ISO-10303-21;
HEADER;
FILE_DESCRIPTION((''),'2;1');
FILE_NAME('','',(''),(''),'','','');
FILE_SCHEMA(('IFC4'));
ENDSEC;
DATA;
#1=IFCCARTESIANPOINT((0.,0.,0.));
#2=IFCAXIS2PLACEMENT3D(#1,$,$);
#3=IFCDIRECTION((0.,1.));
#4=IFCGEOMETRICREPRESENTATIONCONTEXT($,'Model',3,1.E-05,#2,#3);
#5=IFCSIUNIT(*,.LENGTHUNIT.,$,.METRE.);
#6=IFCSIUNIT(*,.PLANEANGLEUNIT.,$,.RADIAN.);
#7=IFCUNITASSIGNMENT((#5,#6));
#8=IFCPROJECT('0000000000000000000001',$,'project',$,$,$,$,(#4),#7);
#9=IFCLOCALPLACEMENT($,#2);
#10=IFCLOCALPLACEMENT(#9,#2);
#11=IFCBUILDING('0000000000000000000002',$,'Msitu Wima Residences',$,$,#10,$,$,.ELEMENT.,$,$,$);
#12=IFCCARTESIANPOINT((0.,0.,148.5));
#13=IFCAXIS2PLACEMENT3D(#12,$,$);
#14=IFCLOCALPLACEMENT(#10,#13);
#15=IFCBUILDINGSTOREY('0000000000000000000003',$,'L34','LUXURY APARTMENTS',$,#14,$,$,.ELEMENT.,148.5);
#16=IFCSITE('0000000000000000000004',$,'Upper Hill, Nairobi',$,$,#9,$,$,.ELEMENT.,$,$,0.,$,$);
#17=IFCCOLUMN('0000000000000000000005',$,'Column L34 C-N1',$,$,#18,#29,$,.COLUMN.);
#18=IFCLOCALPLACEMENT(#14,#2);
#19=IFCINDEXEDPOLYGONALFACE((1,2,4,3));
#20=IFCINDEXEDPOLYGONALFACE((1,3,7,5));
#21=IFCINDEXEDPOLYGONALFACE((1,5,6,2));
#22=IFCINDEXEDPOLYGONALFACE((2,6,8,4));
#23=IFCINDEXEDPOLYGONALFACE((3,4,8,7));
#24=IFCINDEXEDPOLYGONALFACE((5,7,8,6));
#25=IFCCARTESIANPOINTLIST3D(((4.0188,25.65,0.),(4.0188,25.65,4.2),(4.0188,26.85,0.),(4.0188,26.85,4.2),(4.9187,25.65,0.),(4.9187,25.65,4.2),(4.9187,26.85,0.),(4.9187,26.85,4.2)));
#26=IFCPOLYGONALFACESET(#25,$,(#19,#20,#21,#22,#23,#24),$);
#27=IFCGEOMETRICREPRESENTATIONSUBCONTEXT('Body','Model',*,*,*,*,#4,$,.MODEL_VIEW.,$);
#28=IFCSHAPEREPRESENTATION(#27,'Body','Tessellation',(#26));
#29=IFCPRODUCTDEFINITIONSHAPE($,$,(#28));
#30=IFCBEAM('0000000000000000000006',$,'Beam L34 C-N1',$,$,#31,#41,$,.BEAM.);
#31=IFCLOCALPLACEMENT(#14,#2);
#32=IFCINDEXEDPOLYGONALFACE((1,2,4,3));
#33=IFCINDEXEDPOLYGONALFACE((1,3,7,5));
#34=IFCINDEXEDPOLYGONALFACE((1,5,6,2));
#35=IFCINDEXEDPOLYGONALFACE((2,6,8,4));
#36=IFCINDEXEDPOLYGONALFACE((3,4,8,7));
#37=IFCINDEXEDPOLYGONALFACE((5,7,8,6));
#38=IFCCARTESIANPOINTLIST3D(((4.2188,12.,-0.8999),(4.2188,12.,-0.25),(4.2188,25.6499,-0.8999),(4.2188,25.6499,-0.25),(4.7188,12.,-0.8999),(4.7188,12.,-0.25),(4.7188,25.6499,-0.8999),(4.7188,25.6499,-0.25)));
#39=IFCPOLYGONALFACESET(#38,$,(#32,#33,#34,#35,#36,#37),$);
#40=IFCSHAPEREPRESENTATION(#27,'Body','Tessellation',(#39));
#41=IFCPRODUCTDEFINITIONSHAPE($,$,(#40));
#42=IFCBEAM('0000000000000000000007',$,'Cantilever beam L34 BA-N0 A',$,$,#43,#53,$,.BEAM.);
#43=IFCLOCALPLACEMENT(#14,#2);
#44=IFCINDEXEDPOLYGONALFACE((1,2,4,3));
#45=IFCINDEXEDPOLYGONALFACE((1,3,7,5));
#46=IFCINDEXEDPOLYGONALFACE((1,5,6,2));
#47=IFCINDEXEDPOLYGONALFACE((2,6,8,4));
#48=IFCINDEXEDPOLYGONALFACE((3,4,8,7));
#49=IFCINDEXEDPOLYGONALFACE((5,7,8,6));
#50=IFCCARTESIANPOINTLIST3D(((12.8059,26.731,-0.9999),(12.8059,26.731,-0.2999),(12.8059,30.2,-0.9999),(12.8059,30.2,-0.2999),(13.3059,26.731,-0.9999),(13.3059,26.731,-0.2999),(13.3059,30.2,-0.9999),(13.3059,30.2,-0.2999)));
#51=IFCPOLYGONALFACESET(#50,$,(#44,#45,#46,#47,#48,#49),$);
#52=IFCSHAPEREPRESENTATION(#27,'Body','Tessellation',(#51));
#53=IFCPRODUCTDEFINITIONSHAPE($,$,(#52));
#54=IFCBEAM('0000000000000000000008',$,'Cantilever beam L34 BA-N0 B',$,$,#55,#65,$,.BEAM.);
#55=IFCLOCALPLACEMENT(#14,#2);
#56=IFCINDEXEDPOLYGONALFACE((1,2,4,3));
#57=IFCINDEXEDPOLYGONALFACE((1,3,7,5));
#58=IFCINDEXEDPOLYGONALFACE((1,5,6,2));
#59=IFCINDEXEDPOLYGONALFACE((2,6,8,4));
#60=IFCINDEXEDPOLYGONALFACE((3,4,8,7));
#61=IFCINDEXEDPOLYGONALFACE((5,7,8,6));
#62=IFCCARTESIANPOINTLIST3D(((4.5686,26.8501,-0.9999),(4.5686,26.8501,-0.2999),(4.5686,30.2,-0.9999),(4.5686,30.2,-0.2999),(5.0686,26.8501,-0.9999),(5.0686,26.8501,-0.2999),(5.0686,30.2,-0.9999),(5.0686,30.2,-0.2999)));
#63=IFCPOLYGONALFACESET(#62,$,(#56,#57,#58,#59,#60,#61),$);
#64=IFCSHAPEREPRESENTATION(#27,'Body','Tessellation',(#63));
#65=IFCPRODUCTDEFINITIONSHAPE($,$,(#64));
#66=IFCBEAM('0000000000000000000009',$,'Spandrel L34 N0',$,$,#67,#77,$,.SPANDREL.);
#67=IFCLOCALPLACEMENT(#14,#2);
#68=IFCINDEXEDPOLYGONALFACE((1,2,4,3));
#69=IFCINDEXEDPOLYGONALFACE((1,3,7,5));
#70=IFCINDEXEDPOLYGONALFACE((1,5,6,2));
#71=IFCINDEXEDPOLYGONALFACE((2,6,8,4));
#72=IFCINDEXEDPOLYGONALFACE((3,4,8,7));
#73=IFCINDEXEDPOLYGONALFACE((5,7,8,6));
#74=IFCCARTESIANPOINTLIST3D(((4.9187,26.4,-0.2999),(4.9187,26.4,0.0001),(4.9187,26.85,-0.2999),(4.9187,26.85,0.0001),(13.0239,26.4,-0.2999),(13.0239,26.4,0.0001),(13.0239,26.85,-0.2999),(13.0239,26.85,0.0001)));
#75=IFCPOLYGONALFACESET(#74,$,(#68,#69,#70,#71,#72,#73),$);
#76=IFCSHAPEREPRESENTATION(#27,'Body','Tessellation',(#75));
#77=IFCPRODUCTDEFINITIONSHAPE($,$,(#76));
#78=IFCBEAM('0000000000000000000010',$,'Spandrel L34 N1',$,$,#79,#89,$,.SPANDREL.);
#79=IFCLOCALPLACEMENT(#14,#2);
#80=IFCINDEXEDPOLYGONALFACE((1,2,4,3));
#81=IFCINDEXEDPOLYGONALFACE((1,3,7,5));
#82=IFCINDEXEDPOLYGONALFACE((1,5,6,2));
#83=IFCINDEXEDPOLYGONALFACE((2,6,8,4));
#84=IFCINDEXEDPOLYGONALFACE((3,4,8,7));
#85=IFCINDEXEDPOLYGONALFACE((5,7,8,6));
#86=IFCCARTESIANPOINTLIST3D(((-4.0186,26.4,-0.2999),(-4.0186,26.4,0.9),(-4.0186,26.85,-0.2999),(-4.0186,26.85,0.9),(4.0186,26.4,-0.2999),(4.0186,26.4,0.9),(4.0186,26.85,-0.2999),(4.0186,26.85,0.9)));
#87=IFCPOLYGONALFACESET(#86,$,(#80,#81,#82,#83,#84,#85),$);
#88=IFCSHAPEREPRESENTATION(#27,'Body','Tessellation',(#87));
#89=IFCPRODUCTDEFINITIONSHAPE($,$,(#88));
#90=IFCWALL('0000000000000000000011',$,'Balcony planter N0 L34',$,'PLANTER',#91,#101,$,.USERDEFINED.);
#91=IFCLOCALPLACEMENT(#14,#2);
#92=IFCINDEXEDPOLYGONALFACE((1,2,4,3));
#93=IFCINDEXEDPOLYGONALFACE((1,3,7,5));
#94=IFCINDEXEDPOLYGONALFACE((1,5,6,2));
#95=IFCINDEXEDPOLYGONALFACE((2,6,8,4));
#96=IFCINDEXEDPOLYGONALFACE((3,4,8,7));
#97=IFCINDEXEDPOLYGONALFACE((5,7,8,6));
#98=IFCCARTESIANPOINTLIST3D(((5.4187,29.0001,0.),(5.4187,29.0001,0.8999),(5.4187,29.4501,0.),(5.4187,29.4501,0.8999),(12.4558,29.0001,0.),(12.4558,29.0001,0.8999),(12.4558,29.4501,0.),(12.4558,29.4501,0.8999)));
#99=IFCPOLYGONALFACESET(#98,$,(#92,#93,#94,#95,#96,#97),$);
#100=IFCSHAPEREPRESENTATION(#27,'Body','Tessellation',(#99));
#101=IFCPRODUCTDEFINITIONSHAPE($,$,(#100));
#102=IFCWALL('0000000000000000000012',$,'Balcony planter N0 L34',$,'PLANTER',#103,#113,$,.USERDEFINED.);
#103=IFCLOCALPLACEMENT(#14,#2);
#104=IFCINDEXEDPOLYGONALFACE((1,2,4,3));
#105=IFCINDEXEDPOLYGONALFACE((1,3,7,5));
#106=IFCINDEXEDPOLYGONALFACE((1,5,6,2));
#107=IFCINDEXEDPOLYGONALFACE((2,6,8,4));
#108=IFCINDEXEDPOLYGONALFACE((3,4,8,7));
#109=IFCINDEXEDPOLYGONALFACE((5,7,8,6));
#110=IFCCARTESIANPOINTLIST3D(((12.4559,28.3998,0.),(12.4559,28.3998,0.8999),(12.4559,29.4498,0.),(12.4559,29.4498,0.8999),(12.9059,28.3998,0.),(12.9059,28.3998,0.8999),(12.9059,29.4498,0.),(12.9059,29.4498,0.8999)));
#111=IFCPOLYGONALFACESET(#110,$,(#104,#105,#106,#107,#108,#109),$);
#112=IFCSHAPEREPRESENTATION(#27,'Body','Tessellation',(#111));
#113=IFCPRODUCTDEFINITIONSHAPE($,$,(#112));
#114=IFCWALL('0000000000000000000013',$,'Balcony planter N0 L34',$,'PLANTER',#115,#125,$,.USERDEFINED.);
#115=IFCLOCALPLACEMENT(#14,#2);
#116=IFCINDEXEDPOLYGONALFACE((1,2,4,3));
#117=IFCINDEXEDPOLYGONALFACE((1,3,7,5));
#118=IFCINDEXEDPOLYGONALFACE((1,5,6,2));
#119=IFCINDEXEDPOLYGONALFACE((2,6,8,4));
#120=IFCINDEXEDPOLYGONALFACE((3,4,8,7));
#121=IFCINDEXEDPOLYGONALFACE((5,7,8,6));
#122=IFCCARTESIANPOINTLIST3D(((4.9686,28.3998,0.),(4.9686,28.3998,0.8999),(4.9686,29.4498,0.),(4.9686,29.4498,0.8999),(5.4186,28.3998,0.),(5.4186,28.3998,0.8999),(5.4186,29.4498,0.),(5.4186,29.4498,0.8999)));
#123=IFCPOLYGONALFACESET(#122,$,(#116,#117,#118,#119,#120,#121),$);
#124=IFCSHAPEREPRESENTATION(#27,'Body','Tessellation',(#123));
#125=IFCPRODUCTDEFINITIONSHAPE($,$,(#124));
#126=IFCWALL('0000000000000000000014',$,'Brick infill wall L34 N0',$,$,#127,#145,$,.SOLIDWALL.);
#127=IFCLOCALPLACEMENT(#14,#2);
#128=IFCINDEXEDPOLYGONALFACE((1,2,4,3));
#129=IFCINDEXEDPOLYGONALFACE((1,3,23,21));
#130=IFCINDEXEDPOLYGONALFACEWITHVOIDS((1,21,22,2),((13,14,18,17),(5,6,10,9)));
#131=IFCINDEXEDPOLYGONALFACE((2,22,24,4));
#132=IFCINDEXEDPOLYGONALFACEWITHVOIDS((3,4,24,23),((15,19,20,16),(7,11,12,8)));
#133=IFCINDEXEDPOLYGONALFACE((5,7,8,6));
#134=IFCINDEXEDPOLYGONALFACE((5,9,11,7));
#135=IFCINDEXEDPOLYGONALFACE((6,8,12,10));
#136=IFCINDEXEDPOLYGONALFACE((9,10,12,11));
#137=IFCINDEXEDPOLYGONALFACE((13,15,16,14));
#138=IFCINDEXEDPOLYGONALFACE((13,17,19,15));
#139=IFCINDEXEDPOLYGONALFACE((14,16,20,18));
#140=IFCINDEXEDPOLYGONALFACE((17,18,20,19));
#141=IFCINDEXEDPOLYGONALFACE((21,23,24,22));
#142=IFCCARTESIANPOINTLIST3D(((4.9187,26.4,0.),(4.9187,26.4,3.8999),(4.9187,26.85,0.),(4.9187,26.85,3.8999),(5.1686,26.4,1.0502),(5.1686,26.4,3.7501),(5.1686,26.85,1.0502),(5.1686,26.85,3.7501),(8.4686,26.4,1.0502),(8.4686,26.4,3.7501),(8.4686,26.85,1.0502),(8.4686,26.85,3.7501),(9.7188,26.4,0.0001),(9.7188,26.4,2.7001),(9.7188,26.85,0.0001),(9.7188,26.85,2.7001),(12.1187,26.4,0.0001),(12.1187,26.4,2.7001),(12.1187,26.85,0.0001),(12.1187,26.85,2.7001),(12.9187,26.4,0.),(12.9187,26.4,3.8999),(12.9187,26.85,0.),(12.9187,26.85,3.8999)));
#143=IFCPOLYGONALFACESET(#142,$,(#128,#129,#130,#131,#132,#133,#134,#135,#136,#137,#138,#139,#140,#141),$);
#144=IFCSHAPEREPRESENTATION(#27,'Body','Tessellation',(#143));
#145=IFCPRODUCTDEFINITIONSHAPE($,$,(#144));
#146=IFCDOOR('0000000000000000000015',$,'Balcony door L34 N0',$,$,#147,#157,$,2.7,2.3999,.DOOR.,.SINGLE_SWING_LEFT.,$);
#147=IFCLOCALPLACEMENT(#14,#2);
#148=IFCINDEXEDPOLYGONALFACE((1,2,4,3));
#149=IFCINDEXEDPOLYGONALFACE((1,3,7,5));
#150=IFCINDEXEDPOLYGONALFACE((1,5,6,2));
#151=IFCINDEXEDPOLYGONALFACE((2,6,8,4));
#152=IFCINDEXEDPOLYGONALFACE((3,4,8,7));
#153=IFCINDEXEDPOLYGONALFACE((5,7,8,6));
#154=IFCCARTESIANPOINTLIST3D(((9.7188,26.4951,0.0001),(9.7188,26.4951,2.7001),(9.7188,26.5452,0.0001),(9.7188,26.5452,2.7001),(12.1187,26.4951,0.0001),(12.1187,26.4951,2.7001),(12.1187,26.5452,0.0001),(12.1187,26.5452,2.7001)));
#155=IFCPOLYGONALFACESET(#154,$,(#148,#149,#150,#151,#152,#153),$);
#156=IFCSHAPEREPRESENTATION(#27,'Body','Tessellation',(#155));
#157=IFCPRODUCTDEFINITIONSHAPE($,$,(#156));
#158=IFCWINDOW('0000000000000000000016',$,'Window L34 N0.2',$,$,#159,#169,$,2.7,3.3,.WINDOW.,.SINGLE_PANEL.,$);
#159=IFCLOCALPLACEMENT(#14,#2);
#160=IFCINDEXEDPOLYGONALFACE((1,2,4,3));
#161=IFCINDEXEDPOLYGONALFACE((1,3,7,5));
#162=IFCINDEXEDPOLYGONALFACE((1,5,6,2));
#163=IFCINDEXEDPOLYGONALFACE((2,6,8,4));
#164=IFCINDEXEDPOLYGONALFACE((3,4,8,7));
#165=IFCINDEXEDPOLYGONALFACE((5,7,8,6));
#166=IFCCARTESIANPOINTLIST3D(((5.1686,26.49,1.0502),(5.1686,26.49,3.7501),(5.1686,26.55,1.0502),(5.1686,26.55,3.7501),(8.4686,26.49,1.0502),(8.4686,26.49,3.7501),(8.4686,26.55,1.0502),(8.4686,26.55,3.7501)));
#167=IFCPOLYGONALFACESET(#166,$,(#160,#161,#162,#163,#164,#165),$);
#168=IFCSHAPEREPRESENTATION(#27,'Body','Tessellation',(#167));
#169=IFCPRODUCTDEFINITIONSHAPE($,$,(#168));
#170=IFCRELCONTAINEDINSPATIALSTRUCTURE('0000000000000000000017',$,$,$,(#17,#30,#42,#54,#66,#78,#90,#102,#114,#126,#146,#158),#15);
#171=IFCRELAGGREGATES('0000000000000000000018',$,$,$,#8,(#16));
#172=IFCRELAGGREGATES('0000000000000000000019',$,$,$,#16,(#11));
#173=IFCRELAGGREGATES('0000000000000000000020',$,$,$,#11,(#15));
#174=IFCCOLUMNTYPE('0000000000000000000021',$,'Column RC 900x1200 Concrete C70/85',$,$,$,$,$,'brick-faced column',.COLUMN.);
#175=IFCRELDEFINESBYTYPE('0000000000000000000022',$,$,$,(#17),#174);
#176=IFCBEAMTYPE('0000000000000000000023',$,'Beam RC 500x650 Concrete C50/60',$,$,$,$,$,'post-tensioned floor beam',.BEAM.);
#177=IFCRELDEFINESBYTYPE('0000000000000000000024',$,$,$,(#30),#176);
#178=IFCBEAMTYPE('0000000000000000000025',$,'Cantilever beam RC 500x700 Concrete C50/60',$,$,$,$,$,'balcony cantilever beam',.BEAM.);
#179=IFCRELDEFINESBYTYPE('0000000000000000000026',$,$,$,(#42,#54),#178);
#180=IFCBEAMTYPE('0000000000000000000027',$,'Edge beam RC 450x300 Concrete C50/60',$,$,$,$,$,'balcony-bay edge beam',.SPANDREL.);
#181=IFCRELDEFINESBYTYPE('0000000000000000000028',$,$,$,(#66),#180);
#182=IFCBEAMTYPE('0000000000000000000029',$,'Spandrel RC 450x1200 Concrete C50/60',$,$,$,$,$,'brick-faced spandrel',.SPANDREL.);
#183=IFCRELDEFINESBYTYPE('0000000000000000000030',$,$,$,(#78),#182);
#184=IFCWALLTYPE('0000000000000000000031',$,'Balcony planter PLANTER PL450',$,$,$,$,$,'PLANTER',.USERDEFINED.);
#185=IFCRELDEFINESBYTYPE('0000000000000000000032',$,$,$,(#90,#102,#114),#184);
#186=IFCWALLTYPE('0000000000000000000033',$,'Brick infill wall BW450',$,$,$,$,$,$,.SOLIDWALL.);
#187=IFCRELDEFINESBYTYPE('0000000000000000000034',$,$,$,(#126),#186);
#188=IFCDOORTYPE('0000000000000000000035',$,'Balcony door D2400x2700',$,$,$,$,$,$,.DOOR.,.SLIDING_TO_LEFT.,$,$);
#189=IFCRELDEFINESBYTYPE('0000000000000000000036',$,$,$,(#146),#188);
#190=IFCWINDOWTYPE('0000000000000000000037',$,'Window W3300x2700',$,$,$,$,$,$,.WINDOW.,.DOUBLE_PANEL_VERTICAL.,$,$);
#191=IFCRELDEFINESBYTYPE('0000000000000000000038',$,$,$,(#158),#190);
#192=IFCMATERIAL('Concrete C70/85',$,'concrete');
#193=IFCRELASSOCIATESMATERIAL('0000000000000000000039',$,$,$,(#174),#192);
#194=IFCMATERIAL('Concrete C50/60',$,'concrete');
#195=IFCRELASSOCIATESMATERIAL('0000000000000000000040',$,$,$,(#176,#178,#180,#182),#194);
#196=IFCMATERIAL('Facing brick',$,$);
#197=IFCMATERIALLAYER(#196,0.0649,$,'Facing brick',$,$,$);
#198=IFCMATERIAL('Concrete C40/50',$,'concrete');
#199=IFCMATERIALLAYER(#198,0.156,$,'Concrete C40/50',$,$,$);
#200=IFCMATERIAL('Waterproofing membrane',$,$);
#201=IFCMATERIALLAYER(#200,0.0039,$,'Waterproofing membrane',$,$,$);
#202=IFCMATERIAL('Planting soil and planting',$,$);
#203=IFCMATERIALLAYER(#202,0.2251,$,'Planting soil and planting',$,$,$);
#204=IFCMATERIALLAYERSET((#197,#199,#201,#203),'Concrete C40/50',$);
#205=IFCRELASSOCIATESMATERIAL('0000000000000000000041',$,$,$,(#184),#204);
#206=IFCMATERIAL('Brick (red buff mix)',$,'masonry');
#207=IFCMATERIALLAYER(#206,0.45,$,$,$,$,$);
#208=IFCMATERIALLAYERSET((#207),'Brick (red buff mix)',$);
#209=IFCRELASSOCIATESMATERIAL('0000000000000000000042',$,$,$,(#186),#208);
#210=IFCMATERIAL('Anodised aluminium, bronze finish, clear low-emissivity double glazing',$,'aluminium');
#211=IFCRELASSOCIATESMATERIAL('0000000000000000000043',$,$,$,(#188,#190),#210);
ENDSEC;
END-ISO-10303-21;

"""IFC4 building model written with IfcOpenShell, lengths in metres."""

from ifc_helpers import new_model, si_unit, direction, frame, frame_2d, origin, origin_2d, place, context, subcontext, project, spatial, rectangle, extrude, material, layer, layer_set, material_profile, profile_set, type_object, element, fill, save


model = new_model("IFC4")

# Units and contexts
model_context = context("Model", 3, precision=1e-05, world=origin(), true_north=direction((0.0, 1.0)))
body_context = subcontext(model_context, "Body", "Model", "MODEL_VIEW")
ifc_project = project(units=[si_unit("LENGTHUNIT", "METRE"), si_unit("PLANEANGLEUNIT", "RADIAN")], contexts=[model_context])

# Site, building, storey
site_placement = place(None, origin())
site = spatial("IfcSite", under=ifc_project, at=site_placement, Name="Upper Hill, Nairobi", CompositionType="ELEMENT", RefElevation=0.0)
building_placement = place(site_placement, origin())
building = spatial("IfcBuilding", under=site, at=building_placement, Name="Msitu Wima Residences", CompositionType="ELEMENT")
storey_placement = place(building_placement, frame((0.0, 0.0, 148.5)))
storey = spatial("IfcBuildingStorey", under=building, at=storey_placement, Name="L34", Description="LUXURY APARTMENTS", CompositionType="ELEMENT", Elevation=148.5)

# Column
ifc_material_1 = material(Name="Concrete C70/85", Category="concrete")
ifc_material_profile_1 = material_profile(ifc_material_1, rectangle(XDim=0.8999, YDim=1.2, at=origin_2d()), Name="RC 900x1200")
ifc_profile_set_1 = profile_set([ifc_material_profile_1], Name="Concrete C70/85")
column_type = type_object("IfcColumnType", Name="Column RC 900x1200 Concrete C70/85", ElementType="brick-faced column", PredefinedType="COLUMN", material=ifc_profile_set_1)
column_placement = place(storey_placement, frame((4.4688, 26.25, 0.0), z_axis=(0.0, 0.0, 1.0), x_axis=(-1.0, 0.0, 0.0)))
element("IfcColumn", 1, at=column_placement, inside=storey, type_object=column_type, Name="Column L34 C-N1", PredefinedType="COLUMN", context=body_context, shape_type="SweptSolid", body=[
    extrude(rectangle(XDim=0.8999, YDim=1.2, at=origin_2d()), origin(), (0.0, 0.0, 1.0), 4.2),
])

# Beams
ifc_material_2 = material(Name="Concrete C50/60", Category="concrete")
ifc_material_profile_2 = material_profile(ifc_material_2, rectangle(XDim=0.5, YDim=0.6499, at=origin_2d()), Name="RC 500x650")
ifc_profile_set_2 = profile_set([ifc_material_profile_2], Name="Concrete C50/60")
beam_type_1 = type_object("IfcBeamType", Name="Beam RC 500x650 Concrete C50/60", ElementType="post-tensioned floor beam", PredefinedType="BEAM", material=ifc_profile_set_2)
beam_1_placement = place(storey_placement, frame((4.4688, 25.6499, -0.575), z_axis=(0.0, -1.0, 0.0), x_axis=(1.0, 0.0, 0.0)))
element("IfcBeam", 2, at=beam_1_placement, inside=storey, type_object=beam_type_1, Name="Beam L34 C-N1", PredefinedType="BEAM", context=body_context, shape_type="SweptSolid", body=[
    extrude(rectangle(XDim=0.5, YDim=0.6499, at=origin_2d()), origin(), (0.0, 0.0, 1.0), 13.6499),
])
ifc_material_profile_3 = material_profile(ifc_material_2, rectangle(XDim=0.5, YDim=0.7, at=origin_2d()), Name="RC 500x700")
ifc_profile_set_3 = profile_set([ifc_material_profile_3], Name="Concrete C50/60")
beam_type_2 = type_object("IfcBeamType", Name="Cantilever beam RC 500x700 Concrete C50/60", ElementType="balcony cantilever beam", PredefinedType="BEAM", material=ifc_profile_set_3)
beam_2_placement = place(storey_placement, frame((13.0559, 26.731, -0.6499), z_axis=(0.0, 1.0, 0.0), x_axis=(-1.0, 0.0, 0.0)))
element("IfcBeam", 3, at=beam_2_placement, inside=storey, type_object=beam_type_2, Name="Cantilever beam L34 BA-N0 A", PredefinedType="BEAM", context=body_context, shape_type="SweptSolid", body=[
    extrude(rectangle(XDim=0.5, YDim=0.7, at=origin_2d()), origin(), (0.0, 0.0, 1.0), 3.469),
])
beam_3_placement = place(storey_placement, frame((4.8186, 26.8501, -0.6499), z_axis=(0.0, 1.0, 0.0), x_axis=(-1.0, 0.0, 0.0)))
element("IfcBeam", 4, at=beam_3_placement, inside=storey, type_object=beam_type_2, Name="Cantilever beam L34 BA-N0 B", PredefinedType="BEAM", context=body_context, shape_type="SweptSolid", body=[
    extrude(rectangle(XDim=0.5, YDim=0.7, at=origin_2d()), origin(), (0.0, 0.0, 1.0), 3.3499),
])
ifc_material_profile_4 = material_profile(ifc_material_2, rectangle(XDim=0.45, YDim=0.3, at=origin_2d()), Name="RC 450x300")
ifc_profile_set_4 = profile_set([ifc_material_profile_4], Name="Concrete C50/60")
beam_type_3 = type_object("IfcBeamType", Name="Edge beam RC 450x300 Concrete C50/60", ElementType="balcony-bay edge beam", PredefinedType="SPANDREL", material=ifc_profile_set_4)
beam_4_placement = place(storey_placement, frame((13.0239, 26.625, -0.1499), z_axis=(-1.0, 0.0, 0.0), x_axis=(0.0, -1.0, 0.0)))
element("IfcBeam", 5, at=beam_4_placement, inside=storey, type_object=beam_type_3, Name="Spandrel L34 N0", PredefinedType="SPANDREL", context=body_context, shape_type="SweptSolid", body=[
    extrude(rectangle(XDim=0.45, YDim=0.3, at=origin_2d()), origin(), (0.0, 0.0, 1.0), 8.1052),
])
ifc_material_profile_5 = material_profile(ifc_material_2, rectangle(XDim=0.45, YDim=1.2, at=origin_2d()), Name="RC 450x1200")
ifc_profile_set_5 = profile_set([ifc_material_profile_5], Name="Concrete C50/60")
beam_type_4 = type_object("IfcBeamType", Name="Spandrel RC 450x1200 Concrete C50/60", ElementType="brick-faced spandrel", PredefinedType="SPANDREL", material=ifc_profile_set_5)
beam_5_placement = place(storey_placement, frame((4.0186, 26.625, 0.3), z_axis=(-1.0, 0.0, 0.0), x_axis=(0.0, -1.0, 0.0)))
element("IfcBeam", 6, at=beam_5_placement, inside=storey, type_object=beam_type_4, Name="Spandrel L34 N1", PredefinedType="SPANDREL", context=body_context, shape_type="SweptSolid", body=[
    extrude(rectangle(XDim=0.45, YDim=1.2, at=origin_2d()), origin(), (0.0, 0.0, 1.0), 8.0371),
])

# Walls
ifc_material_3 = material(Name="Facing brick")
ifc_layer_1 = layer(ifc_material_3, 0.0649, Name="Facing brick")
ifc_material_4 = material(Name="Concrete C40/50", Category="concrete")
ifc_layer_2 = layer(ifc_material_4, 0.156, Name="Concrete C40/50")
ifc_material_5 = material(Name="Waterproofing membrane")
ifc_layer_3 = layer(ifc_material_5, 0.0039, Name="Waterproofing membrane")
ifc_material_6 = material(Name="Planting soil and planting")
ifc_layer_4 = layer(ifc_material_6, 0.2251, Name="Planting soil and planting")
ifc_layer_set_1 = layer_set([ifc_layer_1, ifc_layer_2, ifc_layer_3, ifc_layer_4], Name="Concrete C40/50")
wall_type_1 = type_object("IfcWallType", Name="Balcony planter PLANTER PL450", ElementType="PLANTER", PredefinedType="USERDEFINED", material=ifc_layer_set_1)
wall_1_placement = place(storey_placement, frame((12.4558, 29.2251, 0.0), z_axis=(0.0, 0.0, 1.0), x_axis=(-1.0, 0.0, 0.0)))
element("IfcWall", 7, at=wall_1_placement, inside=storey, type_object=wall_type_1, Name="Balcony planter N0 L34", ObjectType="PLANTER", PredefinedType="USERDEFINED", context=body_context, shape_type="SweptSolid", body=[
    extrude(rectangle(XDim=7.0371, YDim=0.45, at=frame_2d((3.5186, 0.0))), origin(), (0.0, 0.0, 1.0), 0.8999),
])
for number, where, z_axis, x_axis, name in (
    (8, (12.6809, 28.3999, 0.0), (0.0, 0.0, 1.0), (0.0, 1.0, 0.0), "Balcony planter N0 L34"),
    (9, (5.1936, 28.3999, 0.0), (0.0, 0.0, 1.0), (0.0, 1.0, 0.0), "Balcony planter N0 L34"),
):
    element("IfcWall", number, at=place(storey_placement, frame(where, z_axis=z_axis, x_axis=x_axis)), inside=storey, type_object=wall_type_1, Name=name, ObjectType="PLANTER", PredefinedType="USERDEFINED", context=body_context, shape_type="SweptSolid", body=[
        extrude(rectangle(XDim=1.05, YDim=0.45, at=frame_2d((0.5249, 0.0))), origin(), (0.0, 0.0, 1.0), 0.8999),
    ])

# Wall, openings, door, window
ifc_material_7 = material(Name="Brick (red buff mix)", Category="masonry")
ifc_layer_5 = layer(ifc_material_7, 0.45)
ifc_layer_set_2 = layer_set([ifc_layer_5], Name="Brick (red buff mix)")
wall_type_2 = type_object("IfcWallType", Name="Brick infill wall BW450", PredefinedType="SOLIDWALL", material=ifc_layer_set_2)
wall_2_placement = place(storey_placement, frame((12.9187, 26.625, 0.0), z_axis=(0.0, 0.0, 1.0), x_axis=(-1.0, 0.0, 0.0)))
wall_2 = element("IfcWall", 10, at=wall_2_placement, inside=storey, type_object=wall_type_2, Name="Brick infill wall L34 N0", PredefinedType="SOLIDWALL", context=body_context, shape_type="SweptSolid", body=[
    extrude(rectangle(XDim=8.0, YDim=0.45, at=frame_2d((4.0, 0.0))), origin(), (0.0, 0.0, 1.0), 3.8999),
])
opening_1_placement = place(wall_2_placement, frame((0.8, 0.0, 0.0)))
opening_1 = element("IfcOpeningElement", 11, at=opening_1_placement, cuts=wall_2, PredefinedType="OPENING", context=body_context, shape_type="SweptSolid", body=[
    extrude(rectangle(XDim=2.3999, YDim=2.7, at=frame_2d((1.2, 1.3501))), frame((0.0, 0.2349, 0.0), z_axis=(0.0, -1.0, 0.0), x_axis=(1.0, 0.0, 0.0)), (0.0, 0.0, 1.0), 0.47),
])
opening_2_placement = place(wall_2_placement, frame((4.4502, 0.0, 1.05)))
opening_2 = element("IfcOpeningElement", 12, at=opening_2_placement, cuts=wall_2, PredefinedType="OPENING", context=body_context, shape_type="SweptSolid", body=[
    extrude(rectangle(XDim=3.3, YDim=2.7, at=frame_2d((1.6499, 1.3501))), frame((0.0, 0.2349, 0.0), z_axis=(0.0, -1.0, 0.0), x_axis=(1.0, 0.0, 0.0)), (0.0, 0.0, 1.0), 0.47),
])
ifc_material_8 = material(Name="Anodised aluminium, bronze finish, clear low-emissivity double glazing", Category="aluminium")
door_type_1 = type_object("IfcDoorType", Name="Balcony door D2400x2700", OperationType="SLIDING_TO_LEFT", PredefinedType="DOOR", material=ifc_material_8)
door_1_placement = place(opening_1_placement, origin())
door_1 = element("IfcDoor", 13, at=door_1_placement, inside=storey, type_object=door_type_1, Name="Balcony door L34 N0", OperationType="SINGLE_SWING_LEFT", OverallHeight=2.7, OverallWidth=2.3999, PredefinedType="DOOR", context=body_context, shape_type="SweptSolid", body=[
    extrude(rectangle(XDim=2.3999, YDim=2.7, at=frame_2d((1.2, 1.3501))), frame((0.0, 0.1299, 0.0), z_axis=(0.0, -1.0, 0.0), x_axis=(1.0, 0.0, 0.0)), (0.0, 0.0, 1.0), 0.05),
])
fill(opening_1, door_1)
window_type = type_object("IfcWindowType", Name="Window W3300x2700", PartitioningType="DOUBLE_PANEL_VERTICAL", PredefinedType="WINDOW", material=ifc_material_8)
window_1_placement = place(opening_2_placement, origin())
window_1 = element("IfcWindow", 14, at=window_1_placement, inside=storey, type_object=window_type, Name="Window L34 N0.2", OverallHeight=2.7, OverallWidth=3.3, PartitioningType="SINGLE_PANEL", PredefinedType="WINDOW", context=body_context, shape_type="SweptSolid", body=[
    extrude(rectangle(XDim=3.3, YDim=2.7, at=frame_2d((1.6499, 1.3501))), frame((0.0, 0.135, 0.0), z_axis=(0.0, -1.0, 0.0), x_axis=(1.0, 0.0, 0.0)), (0.0, 0.0, 1.0), 0.0601),
])
fill(opening_2, window_1)

save(model, "model.ifc")
